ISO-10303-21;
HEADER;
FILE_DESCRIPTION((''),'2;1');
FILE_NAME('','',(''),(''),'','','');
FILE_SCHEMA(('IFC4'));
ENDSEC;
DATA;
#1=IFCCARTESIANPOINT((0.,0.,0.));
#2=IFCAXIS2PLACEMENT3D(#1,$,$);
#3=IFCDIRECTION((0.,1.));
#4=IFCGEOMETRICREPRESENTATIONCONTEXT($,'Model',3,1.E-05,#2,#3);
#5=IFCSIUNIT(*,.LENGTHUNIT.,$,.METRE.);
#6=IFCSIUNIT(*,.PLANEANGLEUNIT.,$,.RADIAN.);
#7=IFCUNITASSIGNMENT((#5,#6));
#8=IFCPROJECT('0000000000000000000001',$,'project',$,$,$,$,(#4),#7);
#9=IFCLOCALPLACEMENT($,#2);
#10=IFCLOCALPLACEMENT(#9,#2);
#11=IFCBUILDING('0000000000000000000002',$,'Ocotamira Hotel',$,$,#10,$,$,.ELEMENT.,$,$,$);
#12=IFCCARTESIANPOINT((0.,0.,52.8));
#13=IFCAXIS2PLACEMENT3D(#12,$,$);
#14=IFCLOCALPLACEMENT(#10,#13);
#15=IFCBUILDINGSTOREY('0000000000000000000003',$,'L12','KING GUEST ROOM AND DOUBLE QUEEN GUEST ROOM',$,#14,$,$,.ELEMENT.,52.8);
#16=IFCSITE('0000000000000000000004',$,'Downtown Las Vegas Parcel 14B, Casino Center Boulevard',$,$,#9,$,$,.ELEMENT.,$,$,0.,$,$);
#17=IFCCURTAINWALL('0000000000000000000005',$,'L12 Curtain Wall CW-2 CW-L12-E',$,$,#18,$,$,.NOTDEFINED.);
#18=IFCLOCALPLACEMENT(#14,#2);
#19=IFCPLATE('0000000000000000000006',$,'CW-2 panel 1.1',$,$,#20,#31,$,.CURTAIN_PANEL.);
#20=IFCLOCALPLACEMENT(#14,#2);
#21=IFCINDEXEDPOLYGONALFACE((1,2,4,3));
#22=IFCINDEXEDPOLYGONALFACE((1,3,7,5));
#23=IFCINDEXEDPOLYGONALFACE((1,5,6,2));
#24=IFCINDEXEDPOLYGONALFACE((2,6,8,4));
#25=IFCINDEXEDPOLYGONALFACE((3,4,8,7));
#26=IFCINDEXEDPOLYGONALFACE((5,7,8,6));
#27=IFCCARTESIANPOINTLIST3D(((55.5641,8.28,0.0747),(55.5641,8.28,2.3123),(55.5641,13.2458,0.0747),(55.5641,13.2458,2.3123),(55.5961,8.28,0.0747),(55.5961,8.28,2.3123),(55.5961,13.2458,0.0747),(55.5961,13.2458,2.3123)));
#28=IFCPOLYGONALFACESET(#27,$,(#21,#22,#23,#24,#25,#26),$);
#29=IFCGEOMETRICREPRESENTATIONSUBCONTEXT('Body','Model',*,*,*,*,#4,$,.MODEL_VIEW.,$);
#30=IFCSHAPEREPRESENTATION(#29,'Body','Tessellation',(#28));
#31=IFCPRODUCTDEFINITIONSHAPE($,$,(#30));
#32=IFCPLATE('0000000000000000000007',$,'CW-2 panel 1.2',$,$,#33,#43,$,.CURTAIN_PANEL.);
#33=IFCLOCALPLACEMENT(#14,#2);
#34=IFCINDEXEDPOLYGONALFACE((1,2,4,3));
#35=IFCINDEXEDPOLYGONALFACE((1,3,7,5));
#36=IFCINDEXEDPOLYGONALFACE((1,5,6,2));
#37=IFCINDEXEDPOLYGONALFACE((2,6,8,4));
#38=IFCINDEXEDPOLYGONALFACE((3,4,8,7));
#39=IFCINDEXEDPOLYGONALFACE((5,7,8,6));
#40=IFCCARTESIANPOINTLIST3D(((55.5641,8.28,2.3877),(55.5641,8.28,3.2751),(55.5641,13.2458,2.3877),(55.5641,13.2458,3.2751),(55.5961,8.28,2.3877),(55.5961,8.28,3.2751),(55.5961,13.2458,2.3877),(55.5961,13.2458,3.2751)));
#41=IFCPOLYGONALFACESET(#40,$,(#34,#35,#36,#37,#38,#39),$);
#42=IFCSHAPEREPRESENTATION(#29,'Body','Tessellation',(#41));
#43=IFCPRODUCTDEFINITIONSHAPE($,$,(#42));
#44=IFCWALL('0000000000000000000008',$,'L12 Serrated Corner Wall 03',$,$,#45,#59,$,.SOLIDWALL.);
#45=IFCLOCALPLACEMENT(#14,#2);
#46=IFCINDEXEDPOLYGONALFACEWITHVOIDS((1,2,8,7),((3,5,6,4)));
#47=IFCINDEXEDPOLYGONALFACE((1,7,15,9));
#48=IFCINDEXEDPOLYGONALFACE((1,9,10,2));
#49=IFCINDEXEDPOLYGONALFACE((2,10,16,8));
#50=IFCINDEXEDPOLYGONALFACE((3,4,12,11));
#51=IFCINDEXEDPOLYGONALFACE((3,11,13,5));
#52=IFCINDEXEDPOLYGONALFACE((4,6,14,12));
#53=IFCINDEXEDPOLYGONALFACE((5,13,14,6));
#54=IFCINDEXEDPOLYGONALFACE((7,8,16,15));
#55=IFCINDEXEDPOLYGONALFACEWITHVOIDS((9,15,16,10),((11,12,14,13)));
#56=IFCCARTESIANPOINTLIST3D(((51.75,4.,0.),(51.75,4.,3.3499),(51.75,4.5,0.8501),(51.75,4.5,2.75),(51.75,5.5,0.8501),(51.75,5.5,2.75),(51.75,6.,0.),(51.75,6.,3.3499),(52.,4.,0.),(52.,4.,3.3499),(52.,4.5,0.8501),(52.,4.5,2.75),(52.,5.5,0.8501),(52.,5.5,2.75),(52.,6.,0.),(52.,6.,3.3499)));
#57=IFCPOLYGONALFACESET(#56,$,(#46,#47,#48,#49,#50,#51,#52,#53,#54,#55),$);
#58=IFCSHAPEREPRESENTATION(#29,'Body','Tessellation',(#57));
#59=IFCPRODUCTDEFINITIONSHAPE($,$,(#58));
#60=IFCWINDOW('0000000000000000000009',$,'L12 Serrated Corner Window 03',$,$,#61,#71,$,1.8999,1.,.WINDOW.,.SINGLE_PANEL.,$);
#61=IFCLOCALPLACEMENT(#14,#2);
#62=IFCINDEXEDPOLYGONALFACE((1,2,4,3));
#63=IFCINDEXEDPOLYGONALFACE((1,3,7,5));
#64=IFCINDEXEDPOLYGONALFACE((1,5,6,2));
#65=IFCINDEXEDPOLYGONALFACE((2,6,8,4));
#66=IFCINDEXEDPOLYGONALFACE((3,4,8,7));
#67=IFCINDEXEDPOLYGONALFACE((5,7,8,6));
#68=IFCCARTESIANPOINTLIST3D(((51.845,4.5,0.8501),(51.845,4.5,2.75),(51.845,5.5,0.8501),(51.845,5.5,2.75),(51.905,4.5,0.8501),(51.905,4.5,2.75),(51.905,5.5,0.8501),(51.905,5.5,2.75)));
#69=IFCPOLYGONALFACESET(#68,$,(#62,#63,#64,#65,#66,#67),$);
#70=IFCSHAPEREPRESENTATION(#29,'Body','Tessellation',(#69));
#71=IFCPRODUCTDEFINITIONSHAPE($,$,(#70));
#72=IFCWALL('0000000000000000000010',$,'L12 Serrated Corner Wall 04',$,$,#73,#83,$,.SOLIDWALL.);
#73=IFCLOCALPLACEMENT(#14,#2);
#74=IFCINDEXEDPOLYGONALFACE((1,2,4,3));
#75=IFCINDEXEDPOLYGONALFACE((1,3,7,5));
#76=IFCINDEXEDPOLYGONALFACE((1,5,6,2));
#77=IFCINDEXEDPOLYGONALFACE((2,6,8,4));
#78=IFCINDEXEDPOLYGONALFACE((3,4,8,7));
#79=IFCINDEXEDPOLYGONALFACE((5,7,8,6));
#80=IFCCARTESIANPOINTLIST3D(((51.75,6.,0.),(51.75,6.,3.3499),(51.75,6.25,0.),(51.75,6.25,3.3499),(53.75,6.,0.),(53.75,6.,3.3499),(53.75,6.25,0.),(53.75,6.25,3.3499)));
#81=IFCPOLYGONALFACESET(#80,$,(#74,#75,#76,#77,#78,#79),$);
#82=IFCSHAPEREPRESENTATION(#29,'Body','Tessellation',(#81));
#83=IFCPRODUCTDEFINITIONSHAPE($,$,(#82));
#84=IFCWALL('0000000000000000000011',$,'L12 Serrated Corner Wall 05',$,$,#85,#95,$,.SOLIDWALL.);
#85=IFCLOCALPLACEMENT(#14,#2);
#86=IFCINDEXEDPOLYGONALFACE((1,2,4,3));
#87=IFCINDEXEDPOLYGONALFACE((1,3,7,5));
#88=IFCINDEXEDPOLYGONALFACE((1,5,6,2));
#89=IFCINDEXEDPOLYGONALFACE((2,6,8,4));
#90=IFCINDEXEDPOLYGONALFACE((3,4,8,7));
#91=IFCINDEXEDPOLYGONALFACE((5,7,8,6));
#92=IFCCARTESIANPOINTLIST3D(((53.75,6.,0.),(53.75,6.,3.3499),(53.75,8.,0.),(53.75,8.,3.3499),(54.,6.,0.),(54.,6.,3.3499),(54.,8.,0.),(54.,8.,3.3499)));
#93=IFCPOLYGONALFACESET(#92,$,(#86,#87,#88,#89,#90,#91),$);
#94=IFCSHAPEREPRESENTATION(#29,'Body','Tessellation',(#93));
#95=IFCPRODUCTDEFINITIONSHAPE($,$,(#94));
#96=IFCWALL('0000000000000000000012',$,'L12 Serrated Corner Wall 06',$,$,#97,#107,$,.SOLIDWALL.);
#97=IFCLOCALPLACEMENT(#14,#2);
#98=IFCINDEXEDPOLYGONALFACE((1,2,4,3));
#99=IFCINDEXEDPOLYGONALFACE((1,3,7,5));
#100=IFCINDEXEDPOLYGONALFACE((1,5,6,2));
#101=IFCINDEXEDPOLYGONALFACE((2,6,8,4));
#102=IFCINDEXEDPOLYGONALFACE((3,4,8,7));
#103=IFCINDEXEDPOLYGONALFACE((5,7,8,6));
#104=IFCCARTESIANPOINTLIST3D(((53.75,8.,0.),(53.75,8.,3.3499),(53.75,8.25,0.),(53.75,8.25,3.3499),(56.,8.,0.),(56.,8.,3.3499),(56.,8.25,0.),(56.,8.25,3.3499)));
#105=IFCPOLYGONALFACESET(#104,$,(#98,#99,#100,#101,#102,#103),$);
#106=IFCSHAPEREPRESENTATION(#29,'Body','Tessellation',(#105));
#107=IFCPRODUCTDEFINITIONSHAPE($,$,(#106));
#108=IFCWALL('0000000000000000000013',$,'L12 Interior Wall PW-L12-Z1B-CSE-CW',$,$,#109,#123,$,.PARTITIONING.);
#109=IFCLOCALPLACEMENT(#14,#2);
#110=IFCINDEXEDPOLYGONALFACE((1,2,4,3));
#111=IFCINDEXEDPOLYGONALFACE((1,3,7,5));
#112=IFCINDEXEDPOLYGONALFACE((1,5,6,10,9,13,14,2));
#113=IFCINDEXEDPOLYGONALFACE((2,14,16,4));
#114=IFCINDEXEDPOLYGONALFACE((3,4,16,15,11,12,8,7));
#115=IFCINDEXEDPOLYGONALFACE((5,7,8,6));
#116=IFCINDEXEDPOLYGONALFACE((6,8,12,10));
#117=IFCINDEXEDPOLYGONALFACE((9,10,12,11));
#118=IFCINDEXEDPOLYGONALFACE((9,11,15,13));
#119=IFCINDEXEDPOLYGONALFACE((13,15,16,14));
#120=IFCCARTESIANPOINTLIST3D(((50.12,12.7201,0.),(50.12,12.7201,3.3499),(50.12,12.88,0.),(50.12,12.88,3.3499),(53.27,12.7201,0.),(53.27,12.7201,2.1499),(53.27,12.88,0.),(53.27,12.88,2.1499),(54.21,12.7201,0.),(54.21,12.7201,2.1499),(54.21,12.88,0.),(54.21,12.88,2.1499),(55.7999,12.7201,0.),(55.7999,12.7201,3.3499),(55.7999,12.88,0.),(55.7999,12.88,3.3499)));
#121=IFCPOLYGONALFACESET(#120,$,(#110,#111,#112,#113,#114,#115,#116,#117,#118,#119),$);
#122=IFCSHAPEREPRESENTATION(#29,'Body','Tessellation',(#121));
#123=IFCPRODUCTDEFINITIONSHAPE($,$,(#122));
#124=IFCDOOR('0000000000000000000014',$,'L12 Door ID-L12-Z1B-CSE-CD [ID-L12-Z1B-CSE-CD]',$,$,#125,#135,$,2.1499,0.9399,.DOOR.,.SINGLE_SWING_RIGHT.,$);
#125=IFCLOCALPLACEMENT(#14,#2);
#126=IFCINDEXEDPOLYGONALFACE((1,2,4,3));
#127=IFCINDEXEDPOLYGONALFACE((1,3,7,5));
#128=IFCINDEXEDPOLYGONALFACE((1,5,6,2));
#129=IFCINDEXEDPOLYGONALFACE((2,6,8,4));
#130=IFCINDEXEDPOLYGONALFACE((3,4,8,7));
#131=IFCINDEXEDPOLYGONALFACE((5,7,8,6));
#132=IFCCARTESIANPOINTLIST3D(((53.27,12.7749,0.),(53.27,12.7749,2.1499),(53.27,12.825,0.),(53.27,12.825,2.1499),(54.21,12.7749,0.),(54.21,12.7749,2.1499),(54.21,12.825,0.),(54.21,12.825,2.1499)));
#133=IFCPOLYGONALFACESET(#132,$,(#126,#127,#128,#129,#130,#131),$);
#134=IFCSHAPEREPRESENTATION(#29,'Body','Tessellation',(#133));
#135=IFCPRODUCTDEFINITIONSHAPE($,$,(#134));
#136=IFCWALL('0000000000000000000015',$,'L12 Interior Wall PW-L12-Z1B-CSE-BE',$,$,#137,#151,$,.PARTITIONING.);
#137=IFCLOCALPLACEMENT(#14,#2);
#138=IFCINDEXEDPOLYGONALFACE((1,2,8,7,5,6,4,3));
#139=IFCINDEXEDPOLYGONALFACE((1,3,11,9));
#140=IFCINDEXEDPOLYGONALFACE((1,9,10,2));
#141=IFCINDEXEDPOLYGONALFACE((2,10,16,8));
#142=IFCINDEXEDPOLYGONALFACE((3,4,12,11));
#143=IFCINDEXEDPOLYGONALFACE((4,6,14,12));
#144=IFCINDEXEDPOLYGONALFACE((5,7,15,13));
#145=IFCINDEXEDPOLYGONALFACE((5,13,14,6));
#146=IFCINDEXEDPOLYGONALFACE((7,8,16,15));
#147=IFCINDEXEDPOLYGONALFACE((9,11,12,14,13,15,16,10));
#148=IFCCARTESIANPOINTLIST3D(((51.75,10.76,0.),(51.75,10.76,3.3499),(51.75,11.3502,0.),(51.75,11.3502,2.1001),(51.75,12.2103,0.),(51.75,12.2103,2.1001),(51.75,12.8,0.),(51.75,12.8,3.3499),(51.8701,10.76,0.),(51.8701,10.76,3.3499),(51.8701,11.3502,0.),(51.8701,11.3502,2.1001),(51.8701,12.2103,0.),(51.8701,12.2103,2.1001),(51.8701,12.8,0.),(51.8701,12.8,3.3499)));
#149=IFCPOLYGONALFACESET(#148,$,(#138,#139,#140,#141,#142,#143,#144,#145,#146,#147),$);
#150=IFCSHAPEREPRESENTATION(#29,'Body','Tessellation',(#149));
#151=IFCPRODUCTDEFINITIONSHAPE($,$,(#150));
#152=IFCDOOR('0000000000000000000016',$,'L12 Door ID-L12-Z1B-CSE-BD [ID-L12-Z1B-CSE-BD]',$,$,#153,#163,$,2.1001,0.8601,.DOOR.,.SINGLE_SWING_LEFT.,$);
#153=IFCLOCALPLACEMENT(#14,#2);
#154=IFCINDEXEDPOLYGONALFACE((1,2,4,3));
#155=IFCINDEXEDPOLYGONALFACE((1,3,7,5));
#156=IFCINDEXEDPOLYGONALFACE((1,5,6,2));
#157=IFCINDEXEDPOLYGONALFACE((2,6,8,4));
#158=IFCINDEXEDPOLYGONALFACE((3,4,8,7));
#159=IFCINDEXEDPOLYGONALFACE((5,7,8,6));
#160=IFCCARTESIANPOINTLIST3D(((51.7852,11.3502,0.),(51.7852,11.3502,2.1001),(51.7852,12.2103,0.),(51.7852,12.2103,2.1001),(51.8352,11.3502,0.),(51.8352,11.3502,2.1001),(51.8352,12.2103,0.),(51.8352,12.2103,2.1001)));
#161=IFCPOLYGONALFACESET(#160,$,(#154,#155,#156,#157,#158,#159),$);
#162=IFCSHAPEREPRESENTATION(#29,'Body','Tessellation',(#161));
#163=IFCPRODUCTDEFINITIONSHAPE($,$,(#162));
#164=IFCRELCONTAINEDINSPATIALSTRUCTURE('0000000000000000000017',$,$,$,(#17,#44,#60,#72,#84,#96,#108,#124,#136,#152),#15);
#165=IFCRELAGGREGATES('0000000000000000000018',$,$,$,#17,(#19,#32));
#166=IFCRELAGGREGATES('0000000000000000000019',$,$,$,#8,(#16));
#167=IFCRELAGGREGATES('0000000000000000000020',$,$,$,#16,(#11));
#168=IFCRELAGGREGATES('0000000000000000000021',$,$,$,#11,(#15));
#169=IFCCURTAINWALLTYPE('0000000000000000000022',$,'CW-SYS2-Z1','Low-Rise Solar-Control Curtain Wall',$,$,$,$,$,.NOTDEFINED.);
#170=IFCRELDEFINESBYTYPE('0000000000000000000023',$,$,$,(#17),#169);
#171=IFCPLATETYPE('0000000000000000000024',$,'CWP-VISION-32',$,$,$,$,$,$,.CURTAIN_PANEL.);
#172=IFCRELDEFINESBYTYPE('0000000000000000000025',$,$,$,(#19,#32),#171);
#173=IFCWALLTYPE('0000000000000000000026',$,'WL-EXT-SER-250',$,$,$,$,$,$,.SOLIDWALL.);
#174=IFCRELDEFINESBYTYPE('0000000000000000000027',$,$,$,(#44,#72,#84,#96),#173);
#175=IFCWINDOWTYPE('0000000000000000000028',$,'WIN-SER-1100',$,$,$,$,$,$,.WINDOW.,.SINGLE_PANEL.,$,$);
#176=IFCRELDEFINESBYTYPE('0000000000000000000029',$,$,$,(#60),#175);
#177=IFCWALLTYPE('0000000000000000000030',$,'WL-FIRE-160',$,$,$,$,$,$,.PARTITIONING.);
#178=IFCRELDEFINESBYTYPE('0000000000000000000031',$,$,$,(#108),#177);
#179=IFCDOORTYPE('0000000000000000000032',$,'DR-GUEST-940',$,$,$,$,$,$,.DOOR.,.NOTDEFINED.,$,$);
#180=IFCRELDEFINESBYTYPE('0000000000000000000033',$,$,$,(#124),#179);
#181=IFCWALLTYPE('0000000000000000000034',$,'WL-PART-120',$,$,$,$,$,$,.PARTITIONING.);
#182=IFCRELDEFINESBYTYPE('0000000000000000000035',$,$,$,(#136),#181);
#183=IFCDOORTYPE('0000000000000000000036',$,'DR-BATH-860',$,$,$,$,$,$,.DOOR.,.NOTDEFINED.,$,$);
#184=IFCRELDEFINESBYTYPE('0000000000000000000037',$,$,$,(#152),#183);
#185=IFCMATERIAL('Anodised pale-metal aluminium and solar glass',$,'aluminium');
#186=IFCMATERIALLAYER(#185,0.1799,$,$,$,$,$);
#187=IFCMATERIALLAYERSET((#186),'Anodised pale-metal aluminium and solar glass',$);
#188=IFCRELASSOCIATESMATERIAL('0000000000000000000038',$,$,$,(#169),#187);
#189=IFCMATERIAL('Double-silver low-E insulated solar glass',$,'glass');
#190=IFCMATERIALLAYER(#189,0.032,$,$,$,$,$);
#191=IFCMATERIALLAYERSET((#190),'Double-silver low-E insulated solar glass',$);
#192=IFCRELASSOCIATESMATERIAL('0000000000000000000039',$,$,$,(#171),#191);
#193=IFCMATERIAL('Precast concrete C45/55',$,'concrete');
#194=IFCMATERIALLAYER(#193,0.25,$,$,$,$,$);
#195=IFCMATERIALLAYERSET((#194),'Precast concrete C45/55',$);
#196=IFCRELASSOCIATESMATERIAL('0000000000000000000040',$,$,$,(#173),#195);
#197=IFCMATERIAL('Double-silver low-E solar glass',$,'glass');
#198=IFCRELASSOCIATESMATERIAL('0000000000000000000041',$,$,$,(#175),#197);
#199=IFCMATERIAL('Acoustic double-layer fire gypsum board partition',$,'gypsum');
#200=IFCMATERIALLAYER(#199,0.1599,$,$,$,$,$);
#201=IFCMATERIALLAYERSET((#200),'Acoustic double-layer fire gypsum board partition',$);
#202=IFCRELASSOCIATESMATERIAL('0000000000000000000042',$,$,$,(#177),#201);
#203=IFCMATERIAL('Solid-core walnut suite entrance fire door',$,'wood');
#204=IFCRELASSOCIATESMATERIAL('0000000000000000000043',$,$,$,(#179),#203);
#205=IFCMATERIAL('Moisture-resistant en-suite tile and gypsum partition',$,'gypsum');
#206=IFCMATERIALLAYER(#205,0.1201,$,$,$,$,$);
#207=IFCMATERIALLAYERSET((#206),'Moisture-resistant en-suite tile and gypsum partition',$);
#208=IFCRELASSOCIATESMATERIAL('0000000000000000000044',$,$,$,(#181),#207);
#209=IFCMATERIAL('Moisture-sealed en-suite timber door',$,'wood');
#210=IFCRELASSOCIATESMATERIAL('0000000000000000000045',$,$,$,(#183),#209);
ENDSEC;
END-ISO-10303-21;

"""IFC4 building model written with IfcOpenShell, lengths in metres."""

from ifc_helpers import new_model, si_unit, direction, frame, frame_2d, origin, origin_2d, place, context, subcontext, project, spatial, rectangle, extrude, source, transform, mapped, material, layer, layer_set, type_object, element, fill, aggregate, save


model = new_model("IFC4")

# Units and contexts
model_context = context("Model", 3, precision=1e-05, world=origin(), true_north=direction((0.0, 1.0)))
body_context = subcontext(model_context, "Body", "Model", "MODEL_VIEW")
ifc_project = project(units=[si_unit("LENGTHUNIT", "METRE"), si_unit("PLANEANGLEUNIT", "RADIAN")], contexts=[model_context])

# Site, building, storey
site_placement = place(None, origin())
site = spatial("IfcSite", under=ifc_project, at=site_placement, Name="Downtown Las Vegas Parcel 14B, Casino Center Boulevard", CompositionType="ELEMENT", RefElevation=0.0)
building_placement = place(site_placement, origin())
building = spatial("IfcBuilding", under=site, at=building_placement, Name="Ocotamira Hotel", CompositionType="ELEMENT")
storey_placement = place(building_placement, frame((0.0, 0.0, 52.8)))
storey = spatial("IfcBuildingStorey", under=building, at=storey_placement, Name="L12", Description="KING GUEST ROOM AND DOUBLE QUEEN GUEST ROOM", CompositionType="ELEMENT", Elevation=52.8)

# Curtain wall, plates
ifc_material_1 = material(Name="Anodised pale-metal aluminium and solar glass", Category="aluminium")
ifc_layer_1 = layer(ifc_material_1, 0.1799)
ifc_layer_set_1 = layer_set([ifc_layer_1], Name="Anodised pale-metal aluminium and solar glass")
curtain_wall_type = type_object("IfcCurtainWallType", Name="CW-SYS2-Z1", Description="Low-Rise Solar-Control Curtain Wall", PredefinedType="NOTDEFINED", material=ifc_layer_set_1)
curtain_wall_placement = place(storey_placement, origin())
curtain_wall = element("IfcCurtainWall", 1, at=curtain_wall_placement, inside=storey, type_object=curtain_wall_type, Name="L12 Curtain Wall CW-2 CW-L12-E", PredefinedType="NOTDEFINED")
ifc_material_2 = material(Name="Double-silver low-E insulated solar glass", Category="glass")
ifc_layer_2 = layer(ifc_material_2, 0.032)
ifc_layer_set_2 = layer_set([ifc_layer_2], Name="Double-silver low-E insulated solar glass")
plate_type = type_object("IfcPlateType", Name="CWP-VISION-32", PredefinedType="CURTAIN_PANEL", material=ifc_layer_set_2)
shared_shape_1 = source(origin(), body_context, "Body", "SweptSolid", [
    extrude(rectangle(XDim=4.9658, YDim=0.032, at=origin_2d()), origin(), (0.0, 0.0, 1.0), 2.2375),
])
plate_1_placement = place(storey_placement, frame((55.5801, 10.7629, 0.0747), z_axis=(0.0, 0.0, 1.0), x_axis=(0.0, 1.0, 0.0)))
plate_1 = element("IfcPlate", 2, at=plate_1_placement, type_object=plate_type, Name="CW-2 panel 1.1", PredefinedType="CURTAIN_PANEL", context=body_context, shape_type="MappedRepresentation", body=[
    mapped(shared_shape_1, transform((0.0, 0.0, 0.0), scale=1.0)),
])
shared_shape_2 = source(origin(), body_context, "Body", "SweptSolid", [
    extrude(rectangle(XDim=4.9658, YDim=0.032, at=origin_2d()), origin(), (0.0, 0.0, 1.0), 0.8875),
])
plate_2_placement = place(storey_placement, frame((55.5801, 10.7629, 2.3877), z_axis=(0.0, 0.0, 1.0), x_axis=(0.0, 1.0, 0.0)))
plate_2 = element("IfcPlate", 3, at=plate_2_placement, type_object=plate_type, Name="CW-2 panel 1.2", PredefinedType="CURTAIN_PANEL", context=body_context, shape_type="MappedRepresentation", body=[
    mapped(shared_shape_2, transform((0.0, 0.0, 0.0), scale=1.0)),
])
aggregate(curtain_wall, [plate_1, plate_2])

# Wall, opening, window
ifc_material_3 = material(Name="Precast concrete C45/55", Category="concrete")
ifc_layer_3 = layer(ifc_material_3, 0.25)
ifc_layer_set_3 = layer_set([ifc_layer_3], Name="Precast concrete C45/55")
wall_type_1 = type_object("IfcWallType", Name="WL-EXT-SER-250", PredefinedType="SOLIDWALL", material=ifc_layer_set_3)
wall_1_placement = place(storey_placement, frame((51.875, 4.0, 0.0), z_axis=(0.0, 0.0, 1.0), x_axis=(0.0, 1.0, 0.0)))
wall_1 = element("IfcWall", 4, at=wall_1_placement, inside=storey, type_object=wall_type_1, Name="L12 Serrated Corner Wall 03", PredefinedType="SOLIDWALL", context=body_context, shape_type="SweptSolid", body=[
    extrude(rectangle(XDim=2.0, YDim=0.25, at=frame_2d((1.0, 0.0))), origin(), (0.0, 0.0, 1.0), 3.3499),
])
opening_1_placement = place(wall_1_placement, frame((0.5, 0.0, 0.8501)))
opening_1 = element("IfcOpeningElement", 5, at=opening_1_placement, cuts=wall_1, PredefinedType="OPENING", context=body_context, shape_type="SweptSolid", body=[
    extrude(rectangle(XDim=1.0, YDim=1.8999, at=frame_2d((0.5, 0.95))), frame((0.0, 0.135, 0.0), z_axis=(0.0, -1.0, 0.0), x_axis=(1.0, 0.0, 0.0)), (0.0, 0.0, 1.0), 0.27),
])
ifc_material_4 = material(Name="Double-silver low-E solar glass", Category="glass")
window_type = type_object("IfcWindowType", Name="WIN-SER-1100", PartitioningType="SINGLE_PANEL", PredefinedType="WINDOW", material=ifc_material_4)
shared_shape_3 = source(origin(), body_context, "Body", "SweptSolid", [
    extrude(rectangle(XDim=1.0, YDim=1.8999, at=frame_2d((0.5, 0.95))), frame((0.0, 0.03, 0.0), z_axis=(0.0, -1.0, 0.0), x_axis=(1.0, 0.0, 0.0)), (0.0, 0.0, 1.0), 0.0601),
])
window_placement = place(opening_1_placement, origin())
window = element("IfcWindow", 6, at=window_placement, inside=storey, type_object=window_type, Name="L12 Serrated Corner Window 03", OverallHeight=1.8999, OverallWidth=1.0, PartitioningType="SINGLE_PANEL", PredefinedType="WINDOW", context=body_context, shape_type="MappedRepresentation", body=[
    mapped(shared_shape_3, transform((0.0, 0.0, 0.0), scale=1.0)),
])
fill(opening_1, window)

# Walls
for number, where, z_axis, x_axis, name in (
    (7, (51.75, 6.125, 0.0), (0.0, 0.0, 1.0), (1.0, 0.0, 0.0), "L12 Serrated Corner Wall 04"),
    (8, (53.875, 6.0, 0.0), (0.0, 0.0, 1.0), (0.0, 1.0, 0.0), "L12 Serrated Corner Wall 05"),
):
    element("IfcWall", number, at=place(storey_placement, frame(where, z_axis=z_axis, x_axis=x_axis)), inside=storey, type_object=wall_type_1, Name=name, PredefinedType="SOLIDWALL", context=body_context, shape_type="SweptSolid", body=[
        extrude(rectangle(XDim=2.0, YDim=0.25, at=frame_2d((1.0, 0.0))), origin(), (0.0, 0.0, 1.0), 3.3499),
    ])
wall_2_placement = place(storey_placement, frame((53.75, 8.125, 0.0), z_axis=(0.0, 0.0, 1.0), x_axis=(1.0, 0.0, 0.0)))
element("IfcWall", 9, at=wall_2_placement, inside=storey, type_object=wall_type_1, Name="L12 Serrated Corner Wall 06", PredefinedType="SOLIDWALL", context=body_context, shape_type="SweptSolid", body=[
    extrude(rectangle(XDim=2.25, YDim=0.25, at=frame_2d((1.125, 0.0))), origin(), (0.0, 0.0, 1.0), 3.3499),
])

# Walls, openings, doors
ifc_material_5 = material(Name="Acoustic double-layer fire gypsum board partition", Category="gypsum")
ifc_layer_4 = layer(ifc_material_5, 0.1599)
ifc_layer_set_4 = layer_set([ifc_layer_4], Name="Acoustic double-layer fire gypsum board partition")
wall_type_2 = type_object("IfcWallType", Name="WL-FIRE-160", PredefinedType="PARTITIONING", material=ifc_layer_set_4)
wall_3_placement = place(storey_placement, frame((50.1201, 12.8, 0.0), z_axis=(0.0, 0.0, 1.0), x_axis=(1.0, 0.0, 0.0)))
wall_3 = element("IfcWall", 10, at=wall_3_placement, inside=storey, type_object=wall_type_2, Name="L12 Interior Wall PW-L12-Z1B-CSE-CW", PredefinedType="PARTITIONING", context=body_context, shape_type="SweptSolid", body=[
    extrude(rectangle(XDim=5.6799, YDim=0.1599, at=frame_2d((2.8398, 0.0))), origin(), (0.0, 0.0, 1.0), 3.3499),
])
opening_2_placement = place(wall_3_placement, frame((3.1499, 0.0, 0.0)))
opening_2 = element("IfcOpeningElement", 11, at=opening_2_placement, cuts=wall_3, PredefinedType="OPENING", context=body_context, shape_type="SweptSolid", body=[
    extrude(rectangle(XDim=0.9399, YDim=2.1499, at=frame_2d((0.47, 1.075))), frame((0.0, 0.0898, 0.0), z_axis=(0.0, -1.0, 0.0), x_axis=(1.0, 0.0, 0.0)), (0.0, 0.0, 1.0), 0.1799),
])
ifc_material_6 = material(Name="Solid-core walnut suite entrance fire door", Category="wood")
door_type_1 = type_object("IfcDoorType", Name="DR-GUEST-940", OperationType="NOTDEFINED", PredefinedType="DOOR", material=ifc_material_6)
shared_shape_4 = source(origin(), body_context, "Body", "SweptSolid", [
    extrude(rectangle(XDim=0.9399, YDim=2.1499, at=frame_2d((0.47, 1.075))), frame((0.0, 0.0249, 0.0), z_axis=(0.0, -1.0, 0.0), x_axis=(1.0, 0.0, 0.0)), (0.0, 0.0, 1.0), 0.05),
])
door_1_placement = place(opening_2_placement, origin())
door_1 = element("IfcDoor", 12, at=door_1_placement, inside=storey, type_object=door_type_1, Name="L12 Door ID-L12-Z1B-CSE-CD [ID-L12-Z1B-CSE-CD]", OperationType="SINGLE_SWING_RIGHT", OverallHeight=2.1499, OverallWidth=0.9399, PredefinedType="DOOR", context=body_context, shape_type="MappedRepresentation", body=[
    mapped(shared_shape_4, transform((0.0, 0.0, 0.0), scale=1.0)),
])
fill(opening_2, door_1)
ifc_material_7 = material(Name="Moisture-resistant en-suite tile and gypsum partition", Category="gypsum")
ifc_layer_5 = layer(ifc_material_7, 0.1201)
ifc_layer_set_5 = layer_set([ifc_layer_5], Name="Moisture-resistant en-suite tile and gypsum partition")
wall_type_3 = type_object("IfcWallType", Name="WL-PART-120", PredefinedType="PARTITIONING", material=ifc_layer_set_5)
wall_4_placement = place(storey_placement, frame((51.8101, 10.76, 0.0), z_axis=(0.0, 0.0, 1.0), x_axis=(0.0, 1.0, 0.0)))
wall_4 = element("IfcWall", 13, at=wall_4_placement, inside=storey, type_object=wall_type_3, Name="L12 Interior Wall PW-L12-Z1B-CSE-BE", PredefinedType="PARTITIONING", context=body_context, shape_type="SweptSolid", body=[
    extrude(rectangle(XDim=2.04, YDim=0.1201, at=frame_2d((1.02, 0.0))), origin(), (0.0, 0.0, 1.0), 3.3499),
])
opening_3_placement = place(wall_4_placement, frame((0.5901, 0.0, 0.0)))
opening_3 = element("IfcOpeningElement", 14, at=opening_3_placement, cuts=wall_4, PredefinedType="OPENING", context=body_context, shape_type="SweptSolid", body=[
    extrude(rectangle(XDim=0.8601, YDim=2.1001, at=frame_2d((0.4302, 1.05))), frame((0.0, 0.0701, 0.0), z_axis=(0.0, -1.0, 0.0), x_axis=(1.0, 0.0, 0.0)), (0.0, 0.0, 1.0), 0.1401),
])
ifc_material_8 = material(Name="Moisture-sealed en-suite timber door", Category="wood")
door_type_2 = type_object("IfcDoorType", Name="DR-BATH-860", OperationType="NOTDEFINED", PredefinedType="DOOR", material=ifc_material_8)
shared_shape_5 = source(origin(), body_context, "Body", "SweptSolid", [
    extrude(rectangle(XDim=0.8601, YDim=2.1001, at=frame_2d((0.4302, 1.05))), frame((0.0, 0.0249, 0.0), z_axis=(0.0, -1.0, 0.0), x_axis=(1.0, 0.0, 0.0)), (0.0, 0.0, 1.0), 0.05),
])
door_2_placement = place(opening_3_placement, origin())
door_2 = element("IfcDoor", 15, at=door_2_placement, inside=storey, type_object=door_type_2, Name="L12 Door ID-L12-Z1B-CSE-BD [ID-L12-Z1B-CSE-BD]", OperationType="SINGLE_SWING_LEFT", OverallHeight=2.1001, OverallWidth=0.8601, PredefinedType="DOOR", context=body_context, shape_type="MappedRepresentation", body=[
    mapped(shared_shape_5, transform((0.0, 0.0, 0.0), scale=1.0)),
])
fill(opening_3, door_2)

save(model, "model.ifc")
